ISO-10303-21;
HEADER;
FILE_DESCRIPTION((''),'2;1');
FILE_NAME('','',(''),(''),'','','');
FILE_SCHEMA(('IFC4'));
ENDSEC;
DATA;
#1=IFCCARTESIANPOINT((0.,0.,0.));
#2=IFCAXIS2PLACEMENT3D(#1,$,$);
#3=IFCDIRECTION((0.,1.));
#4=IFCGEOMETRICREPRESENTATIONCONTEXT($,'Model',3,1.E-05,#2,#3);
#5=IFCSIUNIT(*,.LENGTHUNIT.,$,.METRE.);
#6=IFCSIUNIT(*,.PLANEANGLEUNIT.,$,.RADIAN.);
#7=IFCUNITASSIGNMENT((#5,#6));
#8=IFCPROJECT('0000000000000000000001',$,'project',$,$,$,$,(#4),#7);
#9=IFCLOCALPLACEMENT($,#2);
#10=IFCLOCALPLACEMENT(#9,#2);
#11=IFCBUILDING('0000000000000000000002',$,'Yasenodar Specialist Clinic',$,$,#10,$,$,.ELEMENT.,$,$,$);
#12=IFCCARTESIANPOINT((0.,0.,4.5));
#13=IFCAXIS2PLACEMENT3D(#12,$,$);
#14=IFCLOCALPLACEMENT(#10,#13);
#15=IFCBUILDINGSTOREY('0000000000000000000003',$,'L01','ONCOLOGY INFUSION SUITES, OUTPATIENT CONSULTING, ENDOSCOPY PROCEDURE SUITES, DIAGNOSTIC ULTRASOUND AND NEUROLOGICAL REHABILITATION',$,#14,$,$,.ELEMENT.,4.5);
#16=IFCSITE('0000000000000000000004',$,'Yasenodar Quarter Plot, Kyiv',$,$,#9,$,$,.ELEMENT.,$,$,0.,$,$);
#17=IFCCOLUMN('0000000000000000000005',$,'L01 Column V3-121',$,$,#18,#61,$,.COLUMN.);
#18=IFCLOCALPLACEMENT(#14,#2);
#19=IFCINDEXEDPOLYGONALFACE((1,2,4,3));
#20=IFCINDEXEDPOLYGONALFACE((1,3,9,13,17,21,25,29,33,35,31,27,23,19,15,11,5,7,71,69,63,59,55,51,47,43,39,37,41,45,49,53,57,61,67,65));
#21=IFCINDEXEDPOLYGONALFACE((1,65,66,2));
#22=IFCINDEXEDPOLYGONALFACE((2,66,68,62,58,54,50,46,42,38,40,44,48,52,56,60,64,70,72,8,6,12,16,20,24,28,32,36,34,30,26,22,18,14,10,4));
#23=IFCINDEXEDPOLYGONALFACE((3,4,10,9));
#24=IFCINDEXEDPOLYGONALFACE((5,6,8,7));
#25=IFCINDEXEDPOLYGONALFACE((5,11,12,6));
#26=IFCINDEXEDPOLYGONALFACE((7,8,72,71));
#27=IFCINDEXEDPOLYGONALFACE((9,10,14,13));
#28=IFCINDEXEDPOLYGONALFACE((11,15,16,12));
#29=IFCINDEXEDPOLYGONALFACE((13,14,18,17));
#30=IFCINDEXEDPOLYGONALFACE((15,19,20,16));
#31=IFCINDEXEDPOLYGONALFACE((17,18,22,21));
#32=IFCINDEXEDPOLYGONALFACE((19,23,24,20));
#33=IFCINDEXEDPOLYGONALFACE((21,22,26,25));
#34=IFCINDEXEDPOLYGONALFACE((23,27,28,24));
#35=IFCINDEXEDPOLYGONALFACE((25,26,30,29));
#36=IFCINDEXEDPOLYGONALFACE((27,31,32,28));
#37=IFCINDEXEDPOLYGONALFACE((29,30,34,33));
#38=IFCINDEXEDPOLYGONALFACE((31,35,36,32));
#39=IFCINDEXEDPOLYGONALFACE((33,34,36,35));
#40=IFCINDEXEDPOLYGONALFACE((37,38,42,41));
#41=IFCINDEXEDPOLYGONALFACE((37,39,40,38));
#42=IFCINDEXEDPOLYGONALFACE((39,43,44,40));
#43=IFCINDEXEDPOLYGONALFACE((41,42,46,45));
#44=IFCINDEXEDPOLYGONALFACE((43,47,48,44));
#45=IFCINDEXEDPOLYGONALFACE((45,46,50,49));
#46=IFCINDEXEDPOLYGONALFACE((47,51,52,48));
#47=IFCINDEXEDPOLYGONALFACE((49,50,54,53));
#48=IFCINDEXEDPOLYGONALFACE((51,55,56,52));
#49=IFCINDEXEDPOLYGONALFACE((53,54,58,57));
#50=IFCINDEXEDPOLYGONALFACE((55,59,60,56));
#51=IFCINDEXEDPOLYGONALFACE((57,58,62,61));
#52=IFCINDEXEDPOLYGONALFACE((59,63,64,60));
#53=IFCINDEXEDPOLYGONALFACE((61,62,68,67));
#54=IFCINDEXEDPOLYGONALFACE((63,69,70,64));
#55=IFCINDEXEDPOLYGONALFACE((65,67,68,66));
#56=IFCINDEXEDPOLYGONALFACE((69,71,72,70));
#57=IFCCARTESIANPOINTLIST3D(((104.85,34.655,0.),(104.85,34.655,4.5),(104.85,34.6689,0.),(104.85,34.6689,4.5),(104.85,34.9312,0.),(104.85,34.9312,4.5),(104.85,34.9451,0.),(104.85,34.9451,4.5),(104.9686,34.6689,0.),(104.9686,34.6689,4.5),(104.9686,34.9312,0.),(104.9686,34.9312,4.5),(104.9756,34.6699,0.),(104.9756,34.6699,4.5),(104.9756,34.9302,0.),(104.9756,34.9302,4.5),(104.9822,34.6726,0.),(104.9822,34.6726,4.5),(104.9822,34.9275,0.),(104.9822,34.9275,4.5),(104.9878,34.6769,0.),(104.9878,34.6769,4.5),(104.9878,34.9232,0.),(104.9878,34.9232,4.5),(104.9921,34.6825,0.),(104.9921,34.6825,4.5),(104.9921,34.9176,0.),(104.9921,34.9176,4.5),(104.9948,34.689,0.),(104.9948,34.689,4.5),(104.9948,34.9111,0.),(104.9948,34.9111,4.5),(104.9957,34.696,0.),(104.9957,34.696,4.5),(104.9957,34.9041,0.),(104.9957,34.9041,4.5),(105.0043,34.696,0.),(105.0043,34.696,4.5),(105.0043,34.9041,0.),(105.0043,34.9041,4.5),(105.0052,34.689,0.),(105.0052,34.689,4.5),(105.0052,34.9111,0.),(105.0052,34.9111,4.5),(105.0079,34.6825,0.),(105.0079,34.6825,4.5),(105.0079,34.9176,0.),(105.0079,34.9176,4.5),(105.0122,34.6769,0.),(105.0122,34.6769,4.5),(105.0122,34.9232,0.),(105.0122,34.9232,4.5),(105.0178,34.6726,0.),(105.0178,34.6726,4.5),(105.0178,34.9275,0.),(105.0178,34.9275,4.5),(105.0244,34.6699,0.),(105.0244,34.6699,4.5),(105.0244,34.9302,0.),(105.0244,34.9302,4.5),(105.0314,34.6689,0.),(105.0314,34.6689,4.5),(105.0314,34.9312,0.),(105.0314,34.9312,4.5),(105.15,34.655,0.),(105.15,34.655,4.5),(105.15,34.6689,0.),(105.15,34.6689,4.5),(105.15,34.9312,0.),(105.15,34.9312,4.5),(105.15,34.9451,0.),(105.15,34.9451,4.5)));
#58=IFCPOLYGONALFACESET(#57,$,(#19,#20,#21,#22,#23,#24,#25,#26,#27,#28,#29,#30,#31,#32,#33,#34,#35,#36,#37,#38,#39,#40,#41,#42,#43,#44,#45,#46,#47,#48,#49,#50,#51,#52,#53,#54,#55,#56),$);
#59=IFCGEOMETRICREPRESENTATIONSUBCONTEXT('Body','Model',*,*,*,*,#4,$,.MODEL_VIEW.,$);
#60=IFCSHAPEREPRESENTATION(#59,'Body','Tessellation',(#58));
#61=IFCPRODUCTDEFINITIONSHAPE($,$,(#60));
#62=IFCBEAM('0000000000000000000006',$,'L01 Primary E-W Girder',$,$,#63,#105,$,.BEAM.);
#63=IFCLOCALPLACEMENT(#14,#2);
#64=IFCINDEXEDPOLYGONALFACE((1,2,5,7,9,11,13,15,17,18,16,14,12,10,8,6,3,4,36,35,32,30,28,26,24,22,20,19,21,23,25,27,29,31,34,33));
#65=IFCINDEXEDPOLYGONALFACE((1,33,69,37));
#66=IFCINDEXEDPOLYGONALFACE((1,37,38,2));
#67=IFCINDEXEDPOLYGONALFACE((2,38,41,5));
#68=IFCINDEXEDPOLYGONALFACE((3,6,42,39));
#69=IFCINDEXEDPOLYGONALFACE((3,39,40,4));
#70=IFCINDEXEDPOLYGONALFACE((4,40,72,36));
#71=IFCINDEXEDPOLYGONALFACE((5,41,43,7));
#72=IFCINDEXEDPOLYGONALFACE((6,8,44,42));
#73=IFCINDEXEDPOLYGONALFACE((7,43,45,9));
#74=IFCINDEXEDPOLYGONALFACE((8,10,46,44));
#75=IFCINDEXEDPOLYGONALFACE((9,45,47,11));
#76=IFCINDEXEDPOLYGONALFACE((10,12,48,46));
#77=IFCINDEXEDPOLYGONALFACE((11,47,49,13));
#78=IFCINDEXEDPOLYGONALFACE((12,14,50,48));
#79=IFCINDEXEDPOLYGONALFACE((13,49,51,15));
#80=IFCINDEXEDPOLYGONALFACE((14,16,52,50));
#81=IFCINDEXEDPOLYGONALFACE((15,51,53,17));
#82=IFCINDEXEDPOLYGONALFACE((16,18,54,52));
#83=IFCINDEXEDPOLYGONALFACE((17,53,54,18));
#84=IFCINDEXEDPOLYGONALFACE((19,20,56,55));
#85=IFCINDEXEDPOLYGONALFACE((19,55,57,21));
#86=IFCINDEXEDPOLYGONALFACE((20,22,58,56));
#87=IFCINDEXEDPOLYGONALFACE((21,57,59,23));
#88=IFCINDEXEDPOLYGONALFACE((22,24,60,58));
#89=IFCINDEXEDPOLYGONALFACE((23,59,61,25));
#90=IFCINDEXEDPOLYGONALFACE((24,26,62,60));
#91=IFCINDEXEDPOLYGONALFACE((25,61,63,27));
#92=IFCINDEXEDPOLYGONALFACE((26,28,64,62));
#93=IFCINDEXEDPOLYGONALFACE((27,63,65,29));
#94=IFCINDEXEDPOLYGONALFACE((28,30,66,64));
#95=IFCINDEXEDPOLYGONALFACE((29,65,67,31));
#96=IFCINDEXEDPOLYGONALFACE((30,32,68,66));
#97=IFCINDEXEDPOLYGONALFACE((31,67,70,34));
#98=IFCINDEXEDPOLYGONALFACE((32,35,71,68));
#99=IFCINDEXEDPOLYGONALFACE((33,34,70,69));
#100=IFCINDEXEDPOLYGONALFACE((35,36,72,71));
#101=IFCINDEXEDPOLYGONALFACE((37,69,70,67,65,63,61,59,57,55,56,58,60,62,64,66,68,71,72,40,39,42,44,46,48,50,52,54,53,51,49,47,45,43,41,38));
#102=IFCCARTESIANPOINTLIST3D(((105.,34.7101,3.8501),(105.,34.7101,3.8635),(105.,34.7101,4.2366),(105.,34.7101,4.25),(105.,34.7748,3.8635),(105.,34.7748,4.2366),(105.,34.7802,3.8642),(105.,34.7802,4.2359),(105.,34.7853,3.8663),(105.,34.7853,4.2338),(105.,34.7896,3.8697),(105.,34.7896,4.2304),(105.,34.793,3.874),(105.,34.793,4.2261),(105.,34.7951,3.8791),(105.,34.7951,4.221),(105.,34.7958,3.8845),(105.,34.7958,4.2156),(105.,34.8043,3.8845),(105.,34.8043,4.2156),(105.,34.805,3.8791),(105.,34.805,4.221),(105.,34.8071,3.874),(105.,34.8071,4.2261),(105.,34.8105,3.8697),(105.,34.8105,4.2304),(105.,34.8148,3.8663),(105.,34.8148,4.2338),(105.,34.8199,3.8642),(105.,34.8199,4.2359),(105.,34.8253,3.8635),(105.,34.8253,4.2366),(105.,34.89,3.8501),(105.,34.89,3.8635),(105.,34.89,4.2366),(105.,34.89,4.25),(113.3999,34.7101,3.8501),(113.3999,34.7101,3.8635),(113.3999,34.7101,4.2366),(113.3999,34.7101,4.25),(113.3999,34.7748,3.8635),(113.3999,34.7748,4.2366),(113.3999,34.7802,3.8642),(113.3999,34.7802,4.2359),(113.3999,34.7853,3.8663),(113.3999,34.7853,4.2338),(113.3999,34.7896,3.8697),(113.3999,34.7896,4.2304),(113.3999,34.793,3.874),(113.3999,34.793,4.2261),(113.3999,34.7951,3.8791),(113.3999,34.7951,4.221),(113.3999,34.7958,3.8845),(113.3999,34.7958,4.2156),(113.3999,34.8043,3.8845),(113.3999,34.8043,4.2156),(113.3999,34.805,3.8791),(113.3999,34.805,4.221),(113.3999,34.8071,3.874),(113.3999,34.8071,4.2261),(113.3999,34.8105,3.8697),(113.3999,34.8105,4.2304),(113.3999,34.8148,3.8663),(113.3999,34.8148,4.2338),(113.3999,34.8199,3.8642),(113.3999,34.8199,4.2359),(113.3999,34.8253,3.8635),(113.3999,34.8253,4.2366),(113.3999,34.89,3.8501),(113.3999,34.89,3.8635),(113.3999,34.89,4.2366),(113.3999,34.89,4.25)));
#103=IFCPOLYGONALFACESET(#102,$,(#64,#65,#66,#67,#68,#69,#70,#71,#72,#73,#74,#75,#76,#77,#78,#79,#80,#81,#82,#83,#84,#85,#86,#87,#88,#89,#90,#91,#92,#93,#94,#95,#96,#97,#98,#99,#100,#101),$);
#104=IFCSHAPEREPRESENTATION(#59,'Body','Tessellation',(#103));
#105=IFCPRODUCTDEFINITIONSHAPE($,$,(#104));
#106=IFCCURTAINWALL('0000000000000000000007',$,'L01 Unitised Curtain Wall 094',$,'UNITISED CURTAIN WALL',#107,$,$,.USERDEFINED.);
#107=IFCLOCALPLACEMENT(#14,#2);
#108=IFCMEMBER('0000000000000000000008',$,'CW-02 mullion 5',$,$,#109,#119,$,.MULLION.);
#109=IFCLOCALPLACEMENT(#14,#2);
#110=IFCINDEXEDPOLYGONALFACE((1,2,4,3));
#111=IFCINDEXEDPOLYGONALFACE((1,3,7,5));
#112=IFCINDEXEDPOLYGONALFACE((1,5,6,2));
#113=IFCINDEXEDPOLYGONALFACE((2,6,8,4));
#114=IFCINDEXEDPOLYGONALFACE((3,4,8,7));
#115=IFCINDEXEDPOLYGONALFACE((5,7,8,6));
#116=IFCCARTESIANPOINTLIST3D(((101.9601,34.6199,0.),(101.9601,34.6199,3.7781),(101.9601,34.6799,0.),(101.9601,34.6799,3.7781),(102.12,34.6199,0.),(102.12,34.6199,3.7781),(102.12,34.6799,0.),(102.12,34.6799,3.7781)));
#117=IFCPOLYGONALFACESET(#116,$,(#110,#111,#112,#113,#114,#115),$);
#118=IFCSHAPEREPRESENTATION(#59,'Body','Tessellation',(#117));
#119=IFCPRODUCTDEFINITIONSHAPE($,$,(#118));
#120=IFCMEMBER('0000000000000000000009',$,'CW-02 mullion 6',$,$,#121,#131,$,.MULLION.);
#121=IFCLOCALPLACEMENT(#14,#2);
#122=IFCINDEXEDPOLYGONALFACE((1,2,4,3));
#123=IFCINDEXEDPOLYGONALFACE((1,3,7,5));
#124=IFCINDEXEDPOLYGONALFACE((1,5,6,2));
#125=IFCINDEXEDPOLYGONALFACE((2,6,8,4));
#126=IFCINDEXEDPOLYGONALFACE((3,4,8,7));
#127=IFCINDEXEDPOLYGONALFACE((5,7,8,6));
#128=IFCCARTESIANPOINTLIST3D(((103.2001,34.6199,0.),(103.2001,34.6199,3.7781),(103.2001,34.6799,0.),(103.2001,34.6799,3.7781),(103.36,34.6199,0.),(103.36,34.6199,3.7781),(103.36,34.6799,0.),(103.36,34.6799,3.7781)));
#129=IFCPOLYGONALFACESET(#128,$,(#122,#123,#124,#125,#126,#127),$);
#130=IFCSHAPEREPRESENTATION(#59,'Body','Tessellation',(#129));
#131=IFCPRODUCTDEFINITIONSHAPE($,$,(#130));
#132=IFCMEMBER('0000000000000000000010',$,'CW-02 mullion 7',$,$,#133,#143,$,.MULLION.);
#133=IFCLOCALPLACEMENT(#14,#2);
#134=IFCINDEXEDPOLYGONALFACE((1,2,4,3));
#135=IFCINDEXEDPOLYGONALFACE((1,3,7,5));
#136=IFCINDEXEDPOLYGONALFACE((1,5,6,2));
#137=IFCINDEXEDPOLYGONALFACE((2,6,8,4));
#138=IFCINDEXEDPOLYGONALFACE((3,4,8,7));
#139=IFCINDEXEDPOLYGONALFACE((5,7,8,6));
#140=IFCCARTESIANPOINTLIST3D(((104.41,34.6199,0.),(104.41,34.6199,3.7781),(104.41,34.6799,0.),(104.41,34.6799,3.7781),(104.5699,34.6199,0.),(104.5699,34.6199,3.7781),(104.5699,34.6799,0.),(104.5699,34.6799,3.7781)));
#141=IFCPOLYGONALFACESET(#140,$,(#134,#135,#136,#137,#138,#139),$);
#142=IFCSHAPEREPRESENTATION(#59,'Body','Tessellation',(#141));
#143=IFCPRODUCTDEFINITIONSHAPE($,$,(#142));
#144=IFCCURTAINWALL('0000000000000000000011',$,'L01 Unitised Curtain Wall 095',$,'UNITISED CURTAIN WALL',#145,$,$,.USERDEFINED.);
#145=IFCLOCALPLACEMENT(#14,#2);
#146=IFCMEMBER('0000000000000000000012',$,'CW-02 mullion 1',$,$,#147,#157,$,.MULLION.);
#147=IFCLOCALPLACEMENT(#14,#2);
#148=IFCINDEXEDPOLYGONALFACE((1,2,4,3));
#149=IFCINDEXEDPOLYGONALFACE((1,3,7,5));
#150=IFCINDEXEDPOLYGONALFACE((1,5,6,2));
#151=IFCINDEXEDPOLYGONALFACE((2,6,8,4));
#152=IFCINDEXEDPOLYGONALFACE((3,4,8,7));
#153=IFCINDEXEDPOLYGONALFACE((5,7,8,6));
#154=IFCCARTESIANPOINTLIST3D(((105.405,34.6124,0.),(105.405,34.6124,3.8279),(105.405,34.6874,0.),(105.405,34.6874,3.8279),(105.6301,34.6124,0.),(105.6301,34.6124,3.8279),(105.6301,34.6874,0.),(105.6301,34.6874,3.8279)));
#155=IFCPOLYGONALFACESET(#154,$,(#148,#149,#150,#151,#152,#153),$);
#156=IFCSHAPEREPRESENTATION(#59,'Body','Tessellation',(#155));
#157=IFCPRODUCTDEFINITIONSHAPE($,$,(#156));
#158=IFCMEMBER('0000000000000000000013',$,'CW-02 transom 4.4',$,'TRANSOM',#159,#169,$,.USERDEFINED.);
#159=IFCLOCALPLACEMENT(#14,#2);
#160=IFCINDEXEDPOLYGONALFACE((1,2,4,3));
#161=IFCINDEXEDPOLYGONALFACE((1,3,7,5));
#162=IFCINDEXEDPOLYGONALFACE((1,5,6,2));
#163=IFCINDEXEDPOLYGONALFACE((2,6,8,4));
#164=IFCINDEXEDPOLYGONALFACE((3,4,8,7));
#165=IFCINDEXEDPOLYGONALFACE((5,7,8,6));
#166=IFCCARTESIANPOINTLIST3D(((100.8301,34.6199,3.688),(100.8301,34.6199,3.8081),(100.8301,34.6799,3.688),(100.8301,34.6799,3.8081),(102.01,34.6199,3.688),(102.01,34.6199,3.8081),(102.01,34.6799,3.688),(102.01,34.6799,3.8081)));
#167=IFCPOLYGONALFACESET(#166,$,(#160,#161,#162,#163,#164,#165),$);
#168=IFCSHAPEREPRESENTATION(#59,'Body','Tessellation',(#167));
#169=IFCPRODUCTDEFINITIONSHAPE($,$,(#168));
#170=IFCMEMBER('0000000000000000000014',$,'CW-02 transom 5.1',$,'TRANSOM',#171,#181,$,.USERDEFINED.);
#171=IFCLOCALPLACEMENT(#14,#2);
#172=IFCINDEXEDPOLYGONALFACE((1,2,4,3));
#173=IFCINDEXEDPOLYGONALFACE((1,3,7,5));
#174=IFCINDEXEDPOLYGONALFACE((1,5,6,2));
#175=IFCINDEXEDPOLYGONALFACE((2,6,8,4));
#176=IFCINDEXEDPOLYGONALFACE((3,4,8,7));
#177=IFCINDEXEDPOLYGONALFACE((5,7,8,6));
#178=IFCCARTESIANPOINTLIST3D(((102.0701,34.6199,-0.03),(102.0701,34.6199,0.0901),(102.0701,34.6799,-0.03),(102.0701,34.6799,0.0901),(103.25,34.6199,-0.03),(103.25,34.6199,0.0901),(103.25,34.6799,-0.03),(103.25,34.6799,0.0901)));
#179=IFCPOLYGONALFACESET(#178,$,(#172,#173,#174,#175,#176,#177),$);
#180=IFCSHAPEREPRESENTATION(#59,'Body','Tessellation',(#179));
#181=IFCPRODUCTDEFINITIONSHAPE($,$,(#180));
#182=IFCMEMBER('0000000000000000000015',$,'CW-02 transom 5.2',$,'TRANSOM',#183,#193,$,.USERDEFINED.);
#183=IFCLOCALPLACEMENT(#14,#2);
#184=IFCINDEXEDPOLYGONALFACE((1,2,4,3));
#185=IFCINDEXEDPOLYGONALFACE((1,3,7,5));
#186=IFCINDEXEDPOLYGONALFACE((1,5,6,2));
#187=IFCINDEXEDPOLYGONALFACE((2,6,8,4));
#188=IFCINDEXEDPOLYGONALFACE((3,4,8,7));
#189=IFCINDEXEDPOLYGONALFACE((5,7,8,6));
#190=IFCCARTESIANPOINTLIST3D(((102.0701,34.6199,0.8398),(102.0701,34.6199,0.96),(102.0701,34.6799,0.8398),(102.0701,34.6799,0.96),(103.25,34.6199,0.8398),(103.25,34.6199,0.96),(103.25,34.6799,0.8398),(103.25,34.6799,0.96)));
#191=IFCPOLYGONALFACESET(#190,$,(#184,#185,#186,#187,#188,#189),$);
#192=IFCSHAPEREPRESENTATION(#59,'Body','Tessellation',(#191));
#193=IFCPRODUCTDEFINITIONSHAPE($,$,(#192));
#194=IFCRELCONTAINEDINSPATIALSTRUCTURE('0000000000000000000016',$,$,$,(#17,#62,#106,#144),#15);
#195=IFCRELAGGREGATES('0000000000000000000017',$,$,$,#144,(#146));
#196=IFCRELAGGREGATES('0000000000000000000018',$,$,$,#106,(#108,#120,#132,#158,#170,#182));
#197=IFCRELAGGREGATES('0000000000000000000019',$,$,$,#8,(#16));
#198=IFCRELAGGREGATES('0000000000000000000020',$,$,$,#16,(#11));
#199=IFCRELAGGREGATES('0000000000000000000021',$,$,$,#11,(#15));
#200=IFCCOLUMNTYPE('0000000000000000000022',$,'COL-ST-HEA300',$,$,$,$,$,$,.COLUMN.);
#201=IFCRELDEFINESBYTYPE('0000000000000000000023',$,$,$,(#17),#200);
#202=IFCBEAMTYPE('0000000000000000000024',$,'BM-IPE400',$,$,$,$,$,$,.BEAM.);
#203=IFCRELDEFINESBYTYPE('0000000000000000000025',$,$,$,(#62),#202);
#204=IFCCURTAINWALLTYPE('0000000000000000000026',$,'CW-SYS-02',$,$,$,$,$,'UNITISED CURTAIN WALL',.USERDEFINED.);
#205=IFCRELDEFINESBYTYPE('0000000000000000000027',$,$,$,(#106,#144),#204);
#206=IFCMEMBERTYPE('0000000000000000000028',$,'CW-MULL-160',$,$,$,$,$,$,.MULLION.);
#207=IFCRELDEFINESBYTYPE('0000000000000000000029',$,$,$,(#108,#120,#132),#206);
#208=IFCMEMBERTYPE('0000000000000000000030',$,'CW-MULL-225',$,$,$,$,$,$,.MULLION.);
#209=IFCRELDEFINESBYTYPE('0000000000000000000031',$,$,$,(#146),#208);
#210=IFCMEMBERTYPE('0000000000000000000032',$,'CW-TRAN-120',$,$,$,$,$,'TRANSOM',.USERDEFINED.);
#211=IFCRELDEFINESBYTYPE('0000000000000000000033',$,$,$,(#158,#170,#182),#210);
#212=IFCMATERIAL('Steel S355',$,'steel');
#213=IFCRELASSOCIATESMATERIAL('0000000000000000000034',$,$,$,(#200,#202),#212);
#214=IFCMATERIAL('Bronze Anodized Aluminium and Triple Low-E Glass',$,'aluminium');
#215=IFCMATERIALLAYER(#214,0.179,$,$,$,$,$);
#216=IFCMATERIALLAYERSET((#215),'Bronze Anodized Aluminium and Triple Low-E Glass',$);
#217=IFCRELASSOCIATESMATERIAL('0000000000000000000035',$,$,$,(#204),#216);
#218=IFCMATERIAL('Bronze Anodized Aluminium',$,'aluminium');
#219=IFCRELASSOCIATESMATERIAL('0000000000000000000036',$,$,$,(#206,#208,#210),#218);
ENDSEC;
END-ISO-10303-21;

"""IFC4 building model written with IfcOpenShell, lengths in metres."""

from ifc_helpers import new_model, si_unit, direction, frame, origin, origin_2d, place, context, subcontext, project, spatial, rectangle, i_section, extrude, material, layer, layer_set, material_profile, profile_set, type_object, element, aggregate, save


model = new_model("IFC4")

# Units and contexts
model_context = context("Model", 3, precision=1e-05, world=origin(), true_north=direction((0.0, 1.0)))
body_context = subcontext(model_context, "Body", "Model", "MODEL_VIEW")
ifc_project = project(units=[si_unit("LENGTHUNIT", "METRE"), si_unit("PLANEANGLEUNIT", "RADIAN")], contexts=[model_context])

# Site, building, storey
site_placement = place(None, origin())
site = spatial("IfcSite", under=ifc_project, at=site_placement, Name="Yasenodar Quarter Plot, Kyiv", CompositionType="ELEMENT", RefElevation=0.0)
building_placement = place(site_placement, origin())
building = spatial("IfcBuilding", under=site, at=building_placement, Name="Yasenodar Specialist Clinic", CompositionType="ELEMENT")
storey_placement = place(building_placement, frame((0.0, 0.0, 4.5)))
storey = spatial("IfcBuildingStorey", under=building, at=storey_placement, Name="L01", Description="ONCOLOGY INFUSION SUITES, OUTPATIENT CONSULTING, ENDOSCOPY PROCEDURE SUITES, DIAGNOSTIC ULTRASOUND AND NEUROLOGICAL REHABILITATION", CompositionType="ELEMENT", Elevation=4.5)

# Column
ifc_material_1 = material(Name="Steel S355", Category="steel")
ifc_material_profile_1 = material_profile(ifc_material_1, i_section(OverallWidth=0.3, OverallDepth=0.29, WebThickness=0.0085, FlangeThickness=0.0139, FilletRadius=0.0271, at=origin_2d()), Name="HEA 300")
ifc_profile_set_1 = profile_set([ifc_material_profile_1], Name="Steel S355")
column_type = type_object("IfcColumnType", Name="COL-ST-HEA300", PredefinedType="COLUMN", material=ifc_profile_set_1)
column_placement = place(storey_placement, frame((105.0, 34.8, 0.0), z_axis=(0.0, 0.0, 1.0), x_axis=(1.0, 0.0, 0.0)))
element("IfcColumn", 1, at=column_placement, inside=storey, type_object=column_type, Name="L01 Column V3-121", PredefinedType="COLUMN", context=body_context, shape_type="SweptSolid", body=[
    extrude(i_section(OverallWidth=0.3, OverallDepth=0.29, WebThickness=0.0085, FlangeThickness=0.0139, FilletRadius=0.0271, at=origin_2d()), origin(), (0.0, 0.0, 1.0), 4.5),
])

# Beam
ifc_material_profile_2 = material_profile(ifc_material_1, i_section(OverallWidth=0.1799, OverallDepth=0.3999, WebThickness=0.0085, FlangeThickness=0.0134, FilletRadius=0.021, at=origin_2d()), Name="IPE 400")
ifc_profile_set_2 = profile_set([ifc_material_profile_2], Name="Steel S355")
beam_type = type_object("IfcBeamType", Name="BM-IPE400", PredefinedType="BEAM", material=ifc_profile_set_2)
beam_placement = place(storey_placement, frame((105.0, 34.8, 4.05), z_axis=(1.0, 0.0, 0.0), x_axis=(0.0, 1.0, 0.0)))
element("IfcBeam", 2, at=beam_placement, inside=storey, type_object=beam_type, Name="L01 Primary E-W Girder", PredefinedType="BEAM", context=body_context, shape_type="SweptSolid", body=[
    extrude(i_section(OverallWidth=0.1799, OverallDepth=0.3999, WebThickness=0.0085, FlangeThickness=0.0134, FilletRadius=0.021, at=origin_2d()), origin(), (0.0, 0.0, 1.0), 8.3999),
])

# Curtain wall, members
ifc_material_2 = material(Name="Bronze Anodized Aluminium and Triple Low-E Glass", Category="aluminium")
ifc_layer_1 = layer(ifc_material_2, 0.179)
ifc_layer_set_1 = layer_set([ifc_layer_1], Name="Bronze Anodized Aluminium and Triple Low-E Glass")
curtain_wall_type = type_object("IfcCurtainWallType", Name="CW-SYS-02", ElementType="UNITISED CURTAIN WALL", PredefinedType="USERDEFINED", material=ifc_layer_set_1)
curtain_wall_1_placement = place(storey_placement, origin())
curtain_wall_1 = element("IfcCurtainWall", 3, at=curtain_wall_1_placement, inside=storey, type_object=curtain_wall_type, Name="L01 Unitised Curtain Wall 094", ObjectType="UNITISED CURTAIN WALL", PredefinedType="USERDEFINED")
ifc_material_3 = material(Name="Bronze Anodized Aluminium", Category="aluminium")
ifc_material_profile_3 = material_profile(ifc_material_3, rectangle(XDim=0.0601, YDim=0.1599, at=origin_2d()), Name="CW-MULL 60x160")
ifc_profile_set_3 = profile_set([ifc_material_profile_3], Name="Bronze Anodized Aluminium")
member_type_1 = type_object("IfcMemberType", Name="CW-MULL-160", PredefinedType="MULLION", material=ifc_profile_set_3)
member_1_placement = place(storey_placement, frame((102.04, 34.6499, 0.0), z_axis=(0.0, 0.0, 1.0), x_axis=(0.0, 1.0, 0.0)))
member_1 = element("IfcMember", 4, at=member_1_placement, type_object=member_type_1, Name="CW-02 mullion 5", PredefinedType="MULLION", context=body_context, shape_type="SweptSolid", body=[
    extrude(rectangle(XDim=0.0601, YDim=0.1599, at=origin_2d()), origin(), (0.0, 0.0, 1.0), 3.7781),
])
member_2_placement = place(storey_placement, frame((103.28, 34.6499, 0.0), z_axis=(0.0, 0.0, 1.0), x_axis=(0.0, 1.0, 0.0)))
member_2 = element("IfcMember", 5, at=member_2_placement, type_object=member_type_1, Name="CW-02 mullion 6", PredefinedType="MULLION", context=body_context, shape_type="SweptSolid", body=[
    extrude(rectangle(XDim=0.0601, YDim=0.1599, at=origin_2d()), origin(), (0.0, 0.0, 1.0), 3.7781),
])
member_3_placement = place(storey_placement, frame((104.49, 34.6499, 0.0), z_axis=(0.0, 0.0, 1.0), x_axis=(0.0, 1.0, 0.0)))
member_3 = element("IfcMember", 6, at=member_3_placement, type_object=member_type_1, Name="CW-02 mullion 7", PredefinedType="MULLION", context=body_context, shape_type="SweptSolid", body=[
    extrude(rectangle(XDim=0.0601, YDim=0.1599, at=origin_2d()), origin(), (0.0, 0.0, 1.0), 3.7781),
])

# Curtain wall, member
curtain_wall_2_placement = place(storey_placement, origin())
curtain_wall_2 = element("IfcCurtainWall", 7, at=curtain_wall_2_placement, inside=storey, type_object=curtain_wall_type, Name="L01 Unitised Curtain Wall 095", ObjectType="UNITISED CURTAIN WALL", PredefinedType="USERDEFINED")
ifc_material_profile_4 = material_profile(ifc_material_3, rectangle(XDim=0.075, YDim=0.2251, at=origin_2d()), Name="CW-MULL 75x225")
ifc_profile_set_4 = profile_set([ifc_material_profile_4], Name="Bronze Anodized Aluminium")
member_type_2 = type_object("IfcMemberType", Name="CW-MULL-225", PredefinedType="MULLION", material=ifc_profile_set_4)
member_4_placement = place(storey_placement, frame((105.5176, 34.6499, 0.0), z_axis=(0.0, 0.0, 1.0), x_axis=(0.0, 1.0, 0.0)))
member_4 = element("IfcMember", 8, at=member_4_placement, type_object=member_type_2, Name="CW-02 mullion 1", PredefinedType="MULLION", context=body_context, shape_type="SweptSolid", body=[
    extrude(rectangle(XDim=0.075, YDim=0.2251, at=origin_2d()), origin(), (0.0, 0.0, 1.0), 3.8279),
])
aggregate(curtain_wall_2, [member_4])

# Members
ifc_material_profile_5 = material_profile(ifc_material_3, rectangle(XDim=0.0601, YDim=0.1201, at=origin_2d()), Name="CW-TRAN 60x120")
ifc_profile_set_5 = profile_set([ifc_material_profile_5], Name="Bronze Anodized Aluminium")
member_type_3 = type_object("IfcMemberType", Name="CW-TRAN-120", ElementType="TRANSOM", PredefinedType="USERDEFINED", material=ifc_profile_set_5)
member_5_placement = place(storey_placement, frame((100.8301, 34.6499, 3.748), z_axis=(1.0, 0.0, 0.0), x_axis=(0.0, 1.0, 0.0)))
member_5 = element("IfcMember", 9, at=member_5_placement, type_object=member_type_3, Name="CW-02 transom 4.4", ObjectType="TRANSOM", PredefinedType="USERDEFINED", context=body_context, shape_type="SweptSolid", body=[
    extrude(rectangle(XDim=0.0601, YDim=0.1201, at=origin_2d()), origin(), (0.0, 0.0, 1.0), 1.1799),
])
member_6_placement = place(storey_placement, frame((102.0701, 34.6499, 0.03), z_axis=(1.0, 0.0, 0.0), x_axis=(0.0, 1.0, 0.0)))
member_6 = element("IfcMember", 10, at=member_6_placement, type_object=member_type_3, Name="CW-02 transom 5.1", ObjectType="TRANSOM", PredefinedType="USERDEFINED", context=body_context, shape_type="SweptSolid", body=[
    extrude(rectangle(XDim=0.0601, YDim=0.1201, at=origin_2d()), origin(), (0.0, 0.0, 1.0), 1.1799),
])
member_7_placement = place(storey_placement, frame((102.0701, 34.6499, 0.8999), z_axis=(1.0, 0.0, 0.0), x_axis=(0.0, 1.0, 0.0)))
member_7 = element("IfcMember", 11, at=member_7_placement, type_object=member_type_3, Name="CW-02 transom 5.2", ObjectType="TRANSOM", PredefinedType="USERDEFINED", context=body_context, shape_type="SweptSolid", body=[
    extrude(rectangle(XDim=0.0601, YDim=0.1201, at=origin_2d()), origin(), (0.0, 0.0, 1.0), 1.1799),
])

aggregate(curtain_wall_1, [member_1, member_2, member_3, member_5, member_6, member_7])

save(model, "model.ifc")
